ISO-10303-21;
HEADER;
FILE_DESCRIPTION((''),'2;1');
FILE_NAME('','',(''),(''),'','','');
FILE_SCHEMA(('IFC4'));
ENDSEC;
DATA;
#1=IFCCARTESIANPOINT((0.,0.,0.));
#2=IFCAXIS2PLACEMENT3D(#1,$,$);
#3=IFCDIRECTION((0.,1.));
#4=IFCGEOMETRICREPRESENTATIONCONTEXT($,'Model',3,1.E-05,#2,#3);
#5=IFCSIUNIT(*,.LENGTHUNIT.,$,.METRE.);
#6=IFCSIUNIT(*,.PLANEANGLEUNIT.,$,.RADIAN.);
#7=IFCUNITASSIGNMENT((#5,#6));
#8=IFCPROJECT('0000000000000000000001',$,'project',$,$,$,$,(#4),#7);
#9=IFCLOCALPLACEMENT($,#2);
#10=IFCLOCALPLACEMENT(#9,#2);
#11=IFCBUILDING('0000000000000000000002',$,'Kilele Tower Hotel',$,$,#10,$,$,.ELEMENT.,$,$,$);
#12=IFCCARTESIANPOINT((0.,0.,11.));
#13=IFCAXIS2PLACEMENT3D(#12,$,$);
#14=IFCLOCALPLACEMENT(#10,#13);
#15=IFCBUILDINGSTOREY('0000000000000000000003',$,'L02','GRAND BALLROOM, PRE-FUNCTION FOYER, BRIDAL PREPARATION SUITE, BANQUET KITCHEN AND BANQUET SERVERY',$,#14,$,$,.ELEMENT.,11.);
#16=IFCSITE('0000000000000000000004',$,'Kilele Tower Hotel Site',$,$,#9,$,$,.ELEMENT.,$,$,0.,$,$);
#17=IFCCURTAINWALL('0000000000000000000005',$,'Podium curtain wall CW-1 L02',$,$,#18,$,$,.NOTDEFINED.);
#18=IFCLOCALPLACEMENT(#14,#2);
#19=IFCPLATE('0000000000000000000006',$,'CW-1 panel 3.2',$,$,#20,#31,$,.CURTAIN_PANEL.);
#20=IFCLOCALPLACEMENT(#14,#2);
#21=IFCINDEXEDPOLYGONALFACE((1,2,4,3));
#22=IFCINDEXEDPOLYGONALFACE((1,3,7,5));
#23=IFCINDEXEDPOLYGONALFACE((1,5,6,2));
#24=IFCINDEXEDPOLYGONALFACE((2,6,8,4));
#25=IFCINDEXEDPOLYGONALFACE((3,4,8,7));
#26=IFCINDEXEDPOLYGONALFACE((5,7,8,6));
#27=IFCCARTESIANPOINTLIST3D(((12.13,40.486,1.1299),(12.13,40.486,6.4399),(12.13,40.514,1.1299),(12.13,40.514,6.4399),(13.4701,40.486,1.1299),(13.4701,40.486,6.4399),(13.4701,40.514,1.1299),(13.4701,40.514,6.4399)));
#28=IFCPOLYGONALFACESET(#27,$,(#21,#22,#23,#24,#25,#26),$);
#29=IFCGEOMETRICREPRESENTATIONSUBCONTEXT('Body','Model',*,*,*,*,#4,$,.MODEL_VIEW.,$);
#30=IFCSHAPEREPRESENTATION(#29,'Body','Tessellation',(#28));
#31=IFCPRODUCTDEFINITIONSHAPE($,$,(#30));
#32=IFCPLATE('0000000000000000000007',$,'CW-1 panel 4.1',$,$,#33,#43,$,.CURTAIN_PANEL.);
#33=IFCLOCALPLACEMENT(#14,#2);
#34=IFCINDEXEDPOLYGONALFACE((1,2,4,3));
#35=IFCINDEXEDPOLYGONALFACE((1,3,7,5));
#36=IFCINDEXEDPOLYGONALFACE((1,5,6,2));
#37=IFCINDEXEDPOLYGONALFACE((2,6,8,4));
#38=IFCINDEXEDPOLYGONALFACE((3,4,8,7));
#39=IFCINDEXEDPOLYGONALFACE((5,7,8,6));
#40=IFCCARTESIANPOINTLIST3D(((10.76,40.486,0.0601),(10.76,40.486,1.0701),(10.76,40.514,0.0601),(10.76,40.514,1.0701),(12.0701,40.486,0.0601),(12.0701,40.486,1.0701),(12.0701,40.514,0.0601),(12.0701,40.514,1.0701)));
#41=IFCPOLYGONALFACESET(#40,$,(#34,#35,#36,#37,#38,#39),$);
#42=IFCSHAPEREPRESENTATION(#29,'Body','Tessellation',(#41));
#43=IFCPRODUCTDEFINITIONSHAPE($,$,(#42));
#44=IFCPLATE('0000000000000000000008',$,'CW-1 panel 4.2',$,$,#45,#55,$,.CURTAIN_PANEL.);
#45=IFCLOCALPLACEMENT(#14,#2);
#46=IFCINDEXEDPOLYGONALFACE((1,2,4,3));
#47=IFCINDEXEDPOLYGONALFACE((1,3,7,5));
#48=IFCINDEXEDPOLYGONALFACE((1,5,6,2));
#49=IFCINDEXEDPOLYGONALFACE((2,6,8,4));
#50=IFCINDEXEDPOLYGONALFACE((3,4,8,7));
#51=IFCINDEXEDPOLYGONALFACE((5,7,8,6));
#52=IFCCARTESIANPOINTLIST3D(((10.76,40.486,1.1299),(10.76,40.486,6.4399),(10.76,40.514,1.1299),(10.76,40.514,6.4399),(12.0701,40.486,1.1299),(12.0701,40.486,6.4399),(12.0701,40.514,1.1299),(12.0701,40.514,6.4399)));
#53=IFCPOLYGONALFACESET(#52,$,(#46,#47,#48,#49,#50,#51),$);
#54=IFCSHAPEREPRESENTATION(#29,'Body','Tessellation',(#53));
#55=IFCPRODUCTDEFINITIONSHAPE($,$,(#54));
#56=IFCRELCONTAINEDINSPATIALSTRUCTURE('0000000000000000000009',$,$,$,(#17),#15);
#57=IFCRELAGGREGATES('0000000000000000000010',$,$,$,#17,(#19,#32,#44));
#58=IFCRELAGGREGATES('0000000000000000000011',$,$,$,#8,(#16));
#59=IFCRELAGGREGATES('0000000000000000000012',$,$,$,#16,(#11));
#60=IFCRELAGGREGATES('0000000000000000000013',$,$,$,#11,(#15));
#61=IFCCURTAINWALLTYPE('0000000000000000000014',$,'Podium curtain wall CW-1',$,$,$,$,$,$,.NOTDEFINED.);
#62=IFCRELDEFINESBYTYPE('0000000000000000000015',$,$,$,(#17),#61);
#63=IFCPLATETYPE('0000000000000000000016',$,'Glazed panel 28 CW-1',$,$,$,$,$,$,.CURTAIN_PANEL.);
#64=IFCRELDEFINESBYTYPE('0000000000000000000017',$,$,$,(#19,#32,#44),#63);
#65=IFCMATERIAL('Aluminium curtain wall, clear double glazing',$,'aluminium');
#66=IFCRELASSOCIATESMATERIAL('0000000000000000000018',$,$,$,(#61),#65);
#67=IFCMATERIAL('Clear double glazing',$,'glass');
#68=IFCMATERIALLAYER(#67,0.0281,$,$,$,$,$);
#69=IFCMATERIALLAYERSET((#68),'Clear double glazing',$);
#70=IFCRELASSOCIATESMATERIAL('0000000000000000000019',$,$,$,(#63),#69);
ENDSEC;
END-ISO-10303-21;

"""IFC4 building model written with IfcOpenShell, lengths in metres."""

from ifc_helpers import new_model, si_unit, direction, frame, origin, origin_2d, place, context, subcontext, project, spatial, rectangle, extrude, material, layer, layer_set, type_object, element, aggregate, save


model = new_model("IFC4")

# Units and contexts
model_context = context("Model", 3, precision=1e-05, world=origin(), true_north=direction((0.0, 1.0)))
body_context = subcontext(model_context, "Body", "Model", "MODEL_VIEW")
ifc_project = project(units=[si_unit("LENGTHUNIT", "METRE"), si_unit("PLANEANGLEUNIT", "RADIAN")], contexts=[model_context])

# Site, building, storey
site_placement = place(None, origin())
site = spatial("IfcSite", under=ifc_project, at=site_placement, Name="Kilele Tower Hotel Site", CompositionType="ELEMENT", RefElevation=0.0)
building_placement = place(site_placement, origin())
building = spatial("IfcBuilding", under=site, at=building_placement, Name="Kilele Tower Hotel", CompositionType="ELEMENT")
storey_placement = place(building_placement, frame((0.0, 0.0, 11.0)))
storey = spatial("IfcBuildingStorey", under=building, at=storey_placement, Name="L02", Description="GRAND BALLROOM, PRE-FUNCTION FOYER, BRIDAL PREPARATION SUITE, BANQUET KITCHEN AND BANQUET SERVERY", CompositionType="ELEMENT", Elevation=11.0)

# Curtain wall
ifc_material_1 = material(Name="Aluminium curtain wall, clear double glazing", Category="aluminium")
curtain_wall_type = type_object("IfcCurtainWallType", Name="Podium curtain wall CW-1", PredefinedType="NOTDEFINED", material=ifc_material_1)
curtain_wall_1_placement = place(storey_placement, origin())
curtain_wall_1 = element("IfcCurtainWall", 1, at=curtain_wall_1_placement, inside=storey, type_object=curtain_wall_type, Name="Podium curtain wall CW-1 L02", PredefinedType="NOTDEFINED")

# Plates
ifc_material_2 = material(Name="Clear double glazing", Category="glass")
ifc_layer = layer(ifc_material_2, 0.0281)
ifc_layer_set = layer_set([ifc_layer], Name="Clear double glazing")
plate_type = type_object("IfcPlateType", Name="Glazed panel 28 CW-1", PredefinedType="CURTAIN_PANEL", material=ifc_layer_set)
plate_1_placement = place(storey_placement, frame((12.8, 40.5, 1.1299), z_axis=(0.0, 0.0, 1.0), x_axis=(-1.0, 0.0, 0.0)))
plate_1 = element("IfcPlate", 2, at=plate_1_placement, type_object=plate_type, Name="CW-1 panel 3.2", PredefinedType="CURTAIN_PANEL", context=body_context, shape_type="SweptSolid", body=[
    extrude(rectangle(XDim=1.3401, YDim=0.0281, at=origin_2d()), origin(), (0.0, 0.0, 1.0), 5.3101),
])
plate_2_placement = place(storey_placement, frame((11.415, 40.5, 0.0601), z_axis=(0.0, 0.0, 1.0), x_axis=(-1.0, 0.0, 0.0)))
plate_2 = element("IfcPlate", 3, at=plate_2_placement, type_object=plate_type, Name="CW-1 panel 4.1", PredefinedType="CURTAIN_PANEL", context=body_context, shape_type="SweptSolid", body=[
    extrude(rectangle(XDim=1.3101, YDim=0.0281, at=origin_2d()), origin(), (0.0, 0.0, 1.0), 1.01),
])
plate_3_placement = place(storey_placement, frame((11.415, 40.5, 1.1299), z_axis=(0.0, 0.0, 1.0), x_axis=(-1.0, 0.0, 0.0)))
plate_3 = element("IfcPlate", 4, at=plate_3_placement, type_object=plate_type, Name="CW-1 panel 4.2", PredefinedType="CURTAIN_PANEL", context=body_context, shape_type="SweptSolid", body=[
    extrude(rectangle(XDim=1.3101, YDim=0.0281, at=origin_2d()), origin(), (0.0, 0.0, 1.0), 5.3101),
])
aggregate(curtain_wall_1, [plate_1, plate_2, plate_3])

save(model, "model.ifc")
